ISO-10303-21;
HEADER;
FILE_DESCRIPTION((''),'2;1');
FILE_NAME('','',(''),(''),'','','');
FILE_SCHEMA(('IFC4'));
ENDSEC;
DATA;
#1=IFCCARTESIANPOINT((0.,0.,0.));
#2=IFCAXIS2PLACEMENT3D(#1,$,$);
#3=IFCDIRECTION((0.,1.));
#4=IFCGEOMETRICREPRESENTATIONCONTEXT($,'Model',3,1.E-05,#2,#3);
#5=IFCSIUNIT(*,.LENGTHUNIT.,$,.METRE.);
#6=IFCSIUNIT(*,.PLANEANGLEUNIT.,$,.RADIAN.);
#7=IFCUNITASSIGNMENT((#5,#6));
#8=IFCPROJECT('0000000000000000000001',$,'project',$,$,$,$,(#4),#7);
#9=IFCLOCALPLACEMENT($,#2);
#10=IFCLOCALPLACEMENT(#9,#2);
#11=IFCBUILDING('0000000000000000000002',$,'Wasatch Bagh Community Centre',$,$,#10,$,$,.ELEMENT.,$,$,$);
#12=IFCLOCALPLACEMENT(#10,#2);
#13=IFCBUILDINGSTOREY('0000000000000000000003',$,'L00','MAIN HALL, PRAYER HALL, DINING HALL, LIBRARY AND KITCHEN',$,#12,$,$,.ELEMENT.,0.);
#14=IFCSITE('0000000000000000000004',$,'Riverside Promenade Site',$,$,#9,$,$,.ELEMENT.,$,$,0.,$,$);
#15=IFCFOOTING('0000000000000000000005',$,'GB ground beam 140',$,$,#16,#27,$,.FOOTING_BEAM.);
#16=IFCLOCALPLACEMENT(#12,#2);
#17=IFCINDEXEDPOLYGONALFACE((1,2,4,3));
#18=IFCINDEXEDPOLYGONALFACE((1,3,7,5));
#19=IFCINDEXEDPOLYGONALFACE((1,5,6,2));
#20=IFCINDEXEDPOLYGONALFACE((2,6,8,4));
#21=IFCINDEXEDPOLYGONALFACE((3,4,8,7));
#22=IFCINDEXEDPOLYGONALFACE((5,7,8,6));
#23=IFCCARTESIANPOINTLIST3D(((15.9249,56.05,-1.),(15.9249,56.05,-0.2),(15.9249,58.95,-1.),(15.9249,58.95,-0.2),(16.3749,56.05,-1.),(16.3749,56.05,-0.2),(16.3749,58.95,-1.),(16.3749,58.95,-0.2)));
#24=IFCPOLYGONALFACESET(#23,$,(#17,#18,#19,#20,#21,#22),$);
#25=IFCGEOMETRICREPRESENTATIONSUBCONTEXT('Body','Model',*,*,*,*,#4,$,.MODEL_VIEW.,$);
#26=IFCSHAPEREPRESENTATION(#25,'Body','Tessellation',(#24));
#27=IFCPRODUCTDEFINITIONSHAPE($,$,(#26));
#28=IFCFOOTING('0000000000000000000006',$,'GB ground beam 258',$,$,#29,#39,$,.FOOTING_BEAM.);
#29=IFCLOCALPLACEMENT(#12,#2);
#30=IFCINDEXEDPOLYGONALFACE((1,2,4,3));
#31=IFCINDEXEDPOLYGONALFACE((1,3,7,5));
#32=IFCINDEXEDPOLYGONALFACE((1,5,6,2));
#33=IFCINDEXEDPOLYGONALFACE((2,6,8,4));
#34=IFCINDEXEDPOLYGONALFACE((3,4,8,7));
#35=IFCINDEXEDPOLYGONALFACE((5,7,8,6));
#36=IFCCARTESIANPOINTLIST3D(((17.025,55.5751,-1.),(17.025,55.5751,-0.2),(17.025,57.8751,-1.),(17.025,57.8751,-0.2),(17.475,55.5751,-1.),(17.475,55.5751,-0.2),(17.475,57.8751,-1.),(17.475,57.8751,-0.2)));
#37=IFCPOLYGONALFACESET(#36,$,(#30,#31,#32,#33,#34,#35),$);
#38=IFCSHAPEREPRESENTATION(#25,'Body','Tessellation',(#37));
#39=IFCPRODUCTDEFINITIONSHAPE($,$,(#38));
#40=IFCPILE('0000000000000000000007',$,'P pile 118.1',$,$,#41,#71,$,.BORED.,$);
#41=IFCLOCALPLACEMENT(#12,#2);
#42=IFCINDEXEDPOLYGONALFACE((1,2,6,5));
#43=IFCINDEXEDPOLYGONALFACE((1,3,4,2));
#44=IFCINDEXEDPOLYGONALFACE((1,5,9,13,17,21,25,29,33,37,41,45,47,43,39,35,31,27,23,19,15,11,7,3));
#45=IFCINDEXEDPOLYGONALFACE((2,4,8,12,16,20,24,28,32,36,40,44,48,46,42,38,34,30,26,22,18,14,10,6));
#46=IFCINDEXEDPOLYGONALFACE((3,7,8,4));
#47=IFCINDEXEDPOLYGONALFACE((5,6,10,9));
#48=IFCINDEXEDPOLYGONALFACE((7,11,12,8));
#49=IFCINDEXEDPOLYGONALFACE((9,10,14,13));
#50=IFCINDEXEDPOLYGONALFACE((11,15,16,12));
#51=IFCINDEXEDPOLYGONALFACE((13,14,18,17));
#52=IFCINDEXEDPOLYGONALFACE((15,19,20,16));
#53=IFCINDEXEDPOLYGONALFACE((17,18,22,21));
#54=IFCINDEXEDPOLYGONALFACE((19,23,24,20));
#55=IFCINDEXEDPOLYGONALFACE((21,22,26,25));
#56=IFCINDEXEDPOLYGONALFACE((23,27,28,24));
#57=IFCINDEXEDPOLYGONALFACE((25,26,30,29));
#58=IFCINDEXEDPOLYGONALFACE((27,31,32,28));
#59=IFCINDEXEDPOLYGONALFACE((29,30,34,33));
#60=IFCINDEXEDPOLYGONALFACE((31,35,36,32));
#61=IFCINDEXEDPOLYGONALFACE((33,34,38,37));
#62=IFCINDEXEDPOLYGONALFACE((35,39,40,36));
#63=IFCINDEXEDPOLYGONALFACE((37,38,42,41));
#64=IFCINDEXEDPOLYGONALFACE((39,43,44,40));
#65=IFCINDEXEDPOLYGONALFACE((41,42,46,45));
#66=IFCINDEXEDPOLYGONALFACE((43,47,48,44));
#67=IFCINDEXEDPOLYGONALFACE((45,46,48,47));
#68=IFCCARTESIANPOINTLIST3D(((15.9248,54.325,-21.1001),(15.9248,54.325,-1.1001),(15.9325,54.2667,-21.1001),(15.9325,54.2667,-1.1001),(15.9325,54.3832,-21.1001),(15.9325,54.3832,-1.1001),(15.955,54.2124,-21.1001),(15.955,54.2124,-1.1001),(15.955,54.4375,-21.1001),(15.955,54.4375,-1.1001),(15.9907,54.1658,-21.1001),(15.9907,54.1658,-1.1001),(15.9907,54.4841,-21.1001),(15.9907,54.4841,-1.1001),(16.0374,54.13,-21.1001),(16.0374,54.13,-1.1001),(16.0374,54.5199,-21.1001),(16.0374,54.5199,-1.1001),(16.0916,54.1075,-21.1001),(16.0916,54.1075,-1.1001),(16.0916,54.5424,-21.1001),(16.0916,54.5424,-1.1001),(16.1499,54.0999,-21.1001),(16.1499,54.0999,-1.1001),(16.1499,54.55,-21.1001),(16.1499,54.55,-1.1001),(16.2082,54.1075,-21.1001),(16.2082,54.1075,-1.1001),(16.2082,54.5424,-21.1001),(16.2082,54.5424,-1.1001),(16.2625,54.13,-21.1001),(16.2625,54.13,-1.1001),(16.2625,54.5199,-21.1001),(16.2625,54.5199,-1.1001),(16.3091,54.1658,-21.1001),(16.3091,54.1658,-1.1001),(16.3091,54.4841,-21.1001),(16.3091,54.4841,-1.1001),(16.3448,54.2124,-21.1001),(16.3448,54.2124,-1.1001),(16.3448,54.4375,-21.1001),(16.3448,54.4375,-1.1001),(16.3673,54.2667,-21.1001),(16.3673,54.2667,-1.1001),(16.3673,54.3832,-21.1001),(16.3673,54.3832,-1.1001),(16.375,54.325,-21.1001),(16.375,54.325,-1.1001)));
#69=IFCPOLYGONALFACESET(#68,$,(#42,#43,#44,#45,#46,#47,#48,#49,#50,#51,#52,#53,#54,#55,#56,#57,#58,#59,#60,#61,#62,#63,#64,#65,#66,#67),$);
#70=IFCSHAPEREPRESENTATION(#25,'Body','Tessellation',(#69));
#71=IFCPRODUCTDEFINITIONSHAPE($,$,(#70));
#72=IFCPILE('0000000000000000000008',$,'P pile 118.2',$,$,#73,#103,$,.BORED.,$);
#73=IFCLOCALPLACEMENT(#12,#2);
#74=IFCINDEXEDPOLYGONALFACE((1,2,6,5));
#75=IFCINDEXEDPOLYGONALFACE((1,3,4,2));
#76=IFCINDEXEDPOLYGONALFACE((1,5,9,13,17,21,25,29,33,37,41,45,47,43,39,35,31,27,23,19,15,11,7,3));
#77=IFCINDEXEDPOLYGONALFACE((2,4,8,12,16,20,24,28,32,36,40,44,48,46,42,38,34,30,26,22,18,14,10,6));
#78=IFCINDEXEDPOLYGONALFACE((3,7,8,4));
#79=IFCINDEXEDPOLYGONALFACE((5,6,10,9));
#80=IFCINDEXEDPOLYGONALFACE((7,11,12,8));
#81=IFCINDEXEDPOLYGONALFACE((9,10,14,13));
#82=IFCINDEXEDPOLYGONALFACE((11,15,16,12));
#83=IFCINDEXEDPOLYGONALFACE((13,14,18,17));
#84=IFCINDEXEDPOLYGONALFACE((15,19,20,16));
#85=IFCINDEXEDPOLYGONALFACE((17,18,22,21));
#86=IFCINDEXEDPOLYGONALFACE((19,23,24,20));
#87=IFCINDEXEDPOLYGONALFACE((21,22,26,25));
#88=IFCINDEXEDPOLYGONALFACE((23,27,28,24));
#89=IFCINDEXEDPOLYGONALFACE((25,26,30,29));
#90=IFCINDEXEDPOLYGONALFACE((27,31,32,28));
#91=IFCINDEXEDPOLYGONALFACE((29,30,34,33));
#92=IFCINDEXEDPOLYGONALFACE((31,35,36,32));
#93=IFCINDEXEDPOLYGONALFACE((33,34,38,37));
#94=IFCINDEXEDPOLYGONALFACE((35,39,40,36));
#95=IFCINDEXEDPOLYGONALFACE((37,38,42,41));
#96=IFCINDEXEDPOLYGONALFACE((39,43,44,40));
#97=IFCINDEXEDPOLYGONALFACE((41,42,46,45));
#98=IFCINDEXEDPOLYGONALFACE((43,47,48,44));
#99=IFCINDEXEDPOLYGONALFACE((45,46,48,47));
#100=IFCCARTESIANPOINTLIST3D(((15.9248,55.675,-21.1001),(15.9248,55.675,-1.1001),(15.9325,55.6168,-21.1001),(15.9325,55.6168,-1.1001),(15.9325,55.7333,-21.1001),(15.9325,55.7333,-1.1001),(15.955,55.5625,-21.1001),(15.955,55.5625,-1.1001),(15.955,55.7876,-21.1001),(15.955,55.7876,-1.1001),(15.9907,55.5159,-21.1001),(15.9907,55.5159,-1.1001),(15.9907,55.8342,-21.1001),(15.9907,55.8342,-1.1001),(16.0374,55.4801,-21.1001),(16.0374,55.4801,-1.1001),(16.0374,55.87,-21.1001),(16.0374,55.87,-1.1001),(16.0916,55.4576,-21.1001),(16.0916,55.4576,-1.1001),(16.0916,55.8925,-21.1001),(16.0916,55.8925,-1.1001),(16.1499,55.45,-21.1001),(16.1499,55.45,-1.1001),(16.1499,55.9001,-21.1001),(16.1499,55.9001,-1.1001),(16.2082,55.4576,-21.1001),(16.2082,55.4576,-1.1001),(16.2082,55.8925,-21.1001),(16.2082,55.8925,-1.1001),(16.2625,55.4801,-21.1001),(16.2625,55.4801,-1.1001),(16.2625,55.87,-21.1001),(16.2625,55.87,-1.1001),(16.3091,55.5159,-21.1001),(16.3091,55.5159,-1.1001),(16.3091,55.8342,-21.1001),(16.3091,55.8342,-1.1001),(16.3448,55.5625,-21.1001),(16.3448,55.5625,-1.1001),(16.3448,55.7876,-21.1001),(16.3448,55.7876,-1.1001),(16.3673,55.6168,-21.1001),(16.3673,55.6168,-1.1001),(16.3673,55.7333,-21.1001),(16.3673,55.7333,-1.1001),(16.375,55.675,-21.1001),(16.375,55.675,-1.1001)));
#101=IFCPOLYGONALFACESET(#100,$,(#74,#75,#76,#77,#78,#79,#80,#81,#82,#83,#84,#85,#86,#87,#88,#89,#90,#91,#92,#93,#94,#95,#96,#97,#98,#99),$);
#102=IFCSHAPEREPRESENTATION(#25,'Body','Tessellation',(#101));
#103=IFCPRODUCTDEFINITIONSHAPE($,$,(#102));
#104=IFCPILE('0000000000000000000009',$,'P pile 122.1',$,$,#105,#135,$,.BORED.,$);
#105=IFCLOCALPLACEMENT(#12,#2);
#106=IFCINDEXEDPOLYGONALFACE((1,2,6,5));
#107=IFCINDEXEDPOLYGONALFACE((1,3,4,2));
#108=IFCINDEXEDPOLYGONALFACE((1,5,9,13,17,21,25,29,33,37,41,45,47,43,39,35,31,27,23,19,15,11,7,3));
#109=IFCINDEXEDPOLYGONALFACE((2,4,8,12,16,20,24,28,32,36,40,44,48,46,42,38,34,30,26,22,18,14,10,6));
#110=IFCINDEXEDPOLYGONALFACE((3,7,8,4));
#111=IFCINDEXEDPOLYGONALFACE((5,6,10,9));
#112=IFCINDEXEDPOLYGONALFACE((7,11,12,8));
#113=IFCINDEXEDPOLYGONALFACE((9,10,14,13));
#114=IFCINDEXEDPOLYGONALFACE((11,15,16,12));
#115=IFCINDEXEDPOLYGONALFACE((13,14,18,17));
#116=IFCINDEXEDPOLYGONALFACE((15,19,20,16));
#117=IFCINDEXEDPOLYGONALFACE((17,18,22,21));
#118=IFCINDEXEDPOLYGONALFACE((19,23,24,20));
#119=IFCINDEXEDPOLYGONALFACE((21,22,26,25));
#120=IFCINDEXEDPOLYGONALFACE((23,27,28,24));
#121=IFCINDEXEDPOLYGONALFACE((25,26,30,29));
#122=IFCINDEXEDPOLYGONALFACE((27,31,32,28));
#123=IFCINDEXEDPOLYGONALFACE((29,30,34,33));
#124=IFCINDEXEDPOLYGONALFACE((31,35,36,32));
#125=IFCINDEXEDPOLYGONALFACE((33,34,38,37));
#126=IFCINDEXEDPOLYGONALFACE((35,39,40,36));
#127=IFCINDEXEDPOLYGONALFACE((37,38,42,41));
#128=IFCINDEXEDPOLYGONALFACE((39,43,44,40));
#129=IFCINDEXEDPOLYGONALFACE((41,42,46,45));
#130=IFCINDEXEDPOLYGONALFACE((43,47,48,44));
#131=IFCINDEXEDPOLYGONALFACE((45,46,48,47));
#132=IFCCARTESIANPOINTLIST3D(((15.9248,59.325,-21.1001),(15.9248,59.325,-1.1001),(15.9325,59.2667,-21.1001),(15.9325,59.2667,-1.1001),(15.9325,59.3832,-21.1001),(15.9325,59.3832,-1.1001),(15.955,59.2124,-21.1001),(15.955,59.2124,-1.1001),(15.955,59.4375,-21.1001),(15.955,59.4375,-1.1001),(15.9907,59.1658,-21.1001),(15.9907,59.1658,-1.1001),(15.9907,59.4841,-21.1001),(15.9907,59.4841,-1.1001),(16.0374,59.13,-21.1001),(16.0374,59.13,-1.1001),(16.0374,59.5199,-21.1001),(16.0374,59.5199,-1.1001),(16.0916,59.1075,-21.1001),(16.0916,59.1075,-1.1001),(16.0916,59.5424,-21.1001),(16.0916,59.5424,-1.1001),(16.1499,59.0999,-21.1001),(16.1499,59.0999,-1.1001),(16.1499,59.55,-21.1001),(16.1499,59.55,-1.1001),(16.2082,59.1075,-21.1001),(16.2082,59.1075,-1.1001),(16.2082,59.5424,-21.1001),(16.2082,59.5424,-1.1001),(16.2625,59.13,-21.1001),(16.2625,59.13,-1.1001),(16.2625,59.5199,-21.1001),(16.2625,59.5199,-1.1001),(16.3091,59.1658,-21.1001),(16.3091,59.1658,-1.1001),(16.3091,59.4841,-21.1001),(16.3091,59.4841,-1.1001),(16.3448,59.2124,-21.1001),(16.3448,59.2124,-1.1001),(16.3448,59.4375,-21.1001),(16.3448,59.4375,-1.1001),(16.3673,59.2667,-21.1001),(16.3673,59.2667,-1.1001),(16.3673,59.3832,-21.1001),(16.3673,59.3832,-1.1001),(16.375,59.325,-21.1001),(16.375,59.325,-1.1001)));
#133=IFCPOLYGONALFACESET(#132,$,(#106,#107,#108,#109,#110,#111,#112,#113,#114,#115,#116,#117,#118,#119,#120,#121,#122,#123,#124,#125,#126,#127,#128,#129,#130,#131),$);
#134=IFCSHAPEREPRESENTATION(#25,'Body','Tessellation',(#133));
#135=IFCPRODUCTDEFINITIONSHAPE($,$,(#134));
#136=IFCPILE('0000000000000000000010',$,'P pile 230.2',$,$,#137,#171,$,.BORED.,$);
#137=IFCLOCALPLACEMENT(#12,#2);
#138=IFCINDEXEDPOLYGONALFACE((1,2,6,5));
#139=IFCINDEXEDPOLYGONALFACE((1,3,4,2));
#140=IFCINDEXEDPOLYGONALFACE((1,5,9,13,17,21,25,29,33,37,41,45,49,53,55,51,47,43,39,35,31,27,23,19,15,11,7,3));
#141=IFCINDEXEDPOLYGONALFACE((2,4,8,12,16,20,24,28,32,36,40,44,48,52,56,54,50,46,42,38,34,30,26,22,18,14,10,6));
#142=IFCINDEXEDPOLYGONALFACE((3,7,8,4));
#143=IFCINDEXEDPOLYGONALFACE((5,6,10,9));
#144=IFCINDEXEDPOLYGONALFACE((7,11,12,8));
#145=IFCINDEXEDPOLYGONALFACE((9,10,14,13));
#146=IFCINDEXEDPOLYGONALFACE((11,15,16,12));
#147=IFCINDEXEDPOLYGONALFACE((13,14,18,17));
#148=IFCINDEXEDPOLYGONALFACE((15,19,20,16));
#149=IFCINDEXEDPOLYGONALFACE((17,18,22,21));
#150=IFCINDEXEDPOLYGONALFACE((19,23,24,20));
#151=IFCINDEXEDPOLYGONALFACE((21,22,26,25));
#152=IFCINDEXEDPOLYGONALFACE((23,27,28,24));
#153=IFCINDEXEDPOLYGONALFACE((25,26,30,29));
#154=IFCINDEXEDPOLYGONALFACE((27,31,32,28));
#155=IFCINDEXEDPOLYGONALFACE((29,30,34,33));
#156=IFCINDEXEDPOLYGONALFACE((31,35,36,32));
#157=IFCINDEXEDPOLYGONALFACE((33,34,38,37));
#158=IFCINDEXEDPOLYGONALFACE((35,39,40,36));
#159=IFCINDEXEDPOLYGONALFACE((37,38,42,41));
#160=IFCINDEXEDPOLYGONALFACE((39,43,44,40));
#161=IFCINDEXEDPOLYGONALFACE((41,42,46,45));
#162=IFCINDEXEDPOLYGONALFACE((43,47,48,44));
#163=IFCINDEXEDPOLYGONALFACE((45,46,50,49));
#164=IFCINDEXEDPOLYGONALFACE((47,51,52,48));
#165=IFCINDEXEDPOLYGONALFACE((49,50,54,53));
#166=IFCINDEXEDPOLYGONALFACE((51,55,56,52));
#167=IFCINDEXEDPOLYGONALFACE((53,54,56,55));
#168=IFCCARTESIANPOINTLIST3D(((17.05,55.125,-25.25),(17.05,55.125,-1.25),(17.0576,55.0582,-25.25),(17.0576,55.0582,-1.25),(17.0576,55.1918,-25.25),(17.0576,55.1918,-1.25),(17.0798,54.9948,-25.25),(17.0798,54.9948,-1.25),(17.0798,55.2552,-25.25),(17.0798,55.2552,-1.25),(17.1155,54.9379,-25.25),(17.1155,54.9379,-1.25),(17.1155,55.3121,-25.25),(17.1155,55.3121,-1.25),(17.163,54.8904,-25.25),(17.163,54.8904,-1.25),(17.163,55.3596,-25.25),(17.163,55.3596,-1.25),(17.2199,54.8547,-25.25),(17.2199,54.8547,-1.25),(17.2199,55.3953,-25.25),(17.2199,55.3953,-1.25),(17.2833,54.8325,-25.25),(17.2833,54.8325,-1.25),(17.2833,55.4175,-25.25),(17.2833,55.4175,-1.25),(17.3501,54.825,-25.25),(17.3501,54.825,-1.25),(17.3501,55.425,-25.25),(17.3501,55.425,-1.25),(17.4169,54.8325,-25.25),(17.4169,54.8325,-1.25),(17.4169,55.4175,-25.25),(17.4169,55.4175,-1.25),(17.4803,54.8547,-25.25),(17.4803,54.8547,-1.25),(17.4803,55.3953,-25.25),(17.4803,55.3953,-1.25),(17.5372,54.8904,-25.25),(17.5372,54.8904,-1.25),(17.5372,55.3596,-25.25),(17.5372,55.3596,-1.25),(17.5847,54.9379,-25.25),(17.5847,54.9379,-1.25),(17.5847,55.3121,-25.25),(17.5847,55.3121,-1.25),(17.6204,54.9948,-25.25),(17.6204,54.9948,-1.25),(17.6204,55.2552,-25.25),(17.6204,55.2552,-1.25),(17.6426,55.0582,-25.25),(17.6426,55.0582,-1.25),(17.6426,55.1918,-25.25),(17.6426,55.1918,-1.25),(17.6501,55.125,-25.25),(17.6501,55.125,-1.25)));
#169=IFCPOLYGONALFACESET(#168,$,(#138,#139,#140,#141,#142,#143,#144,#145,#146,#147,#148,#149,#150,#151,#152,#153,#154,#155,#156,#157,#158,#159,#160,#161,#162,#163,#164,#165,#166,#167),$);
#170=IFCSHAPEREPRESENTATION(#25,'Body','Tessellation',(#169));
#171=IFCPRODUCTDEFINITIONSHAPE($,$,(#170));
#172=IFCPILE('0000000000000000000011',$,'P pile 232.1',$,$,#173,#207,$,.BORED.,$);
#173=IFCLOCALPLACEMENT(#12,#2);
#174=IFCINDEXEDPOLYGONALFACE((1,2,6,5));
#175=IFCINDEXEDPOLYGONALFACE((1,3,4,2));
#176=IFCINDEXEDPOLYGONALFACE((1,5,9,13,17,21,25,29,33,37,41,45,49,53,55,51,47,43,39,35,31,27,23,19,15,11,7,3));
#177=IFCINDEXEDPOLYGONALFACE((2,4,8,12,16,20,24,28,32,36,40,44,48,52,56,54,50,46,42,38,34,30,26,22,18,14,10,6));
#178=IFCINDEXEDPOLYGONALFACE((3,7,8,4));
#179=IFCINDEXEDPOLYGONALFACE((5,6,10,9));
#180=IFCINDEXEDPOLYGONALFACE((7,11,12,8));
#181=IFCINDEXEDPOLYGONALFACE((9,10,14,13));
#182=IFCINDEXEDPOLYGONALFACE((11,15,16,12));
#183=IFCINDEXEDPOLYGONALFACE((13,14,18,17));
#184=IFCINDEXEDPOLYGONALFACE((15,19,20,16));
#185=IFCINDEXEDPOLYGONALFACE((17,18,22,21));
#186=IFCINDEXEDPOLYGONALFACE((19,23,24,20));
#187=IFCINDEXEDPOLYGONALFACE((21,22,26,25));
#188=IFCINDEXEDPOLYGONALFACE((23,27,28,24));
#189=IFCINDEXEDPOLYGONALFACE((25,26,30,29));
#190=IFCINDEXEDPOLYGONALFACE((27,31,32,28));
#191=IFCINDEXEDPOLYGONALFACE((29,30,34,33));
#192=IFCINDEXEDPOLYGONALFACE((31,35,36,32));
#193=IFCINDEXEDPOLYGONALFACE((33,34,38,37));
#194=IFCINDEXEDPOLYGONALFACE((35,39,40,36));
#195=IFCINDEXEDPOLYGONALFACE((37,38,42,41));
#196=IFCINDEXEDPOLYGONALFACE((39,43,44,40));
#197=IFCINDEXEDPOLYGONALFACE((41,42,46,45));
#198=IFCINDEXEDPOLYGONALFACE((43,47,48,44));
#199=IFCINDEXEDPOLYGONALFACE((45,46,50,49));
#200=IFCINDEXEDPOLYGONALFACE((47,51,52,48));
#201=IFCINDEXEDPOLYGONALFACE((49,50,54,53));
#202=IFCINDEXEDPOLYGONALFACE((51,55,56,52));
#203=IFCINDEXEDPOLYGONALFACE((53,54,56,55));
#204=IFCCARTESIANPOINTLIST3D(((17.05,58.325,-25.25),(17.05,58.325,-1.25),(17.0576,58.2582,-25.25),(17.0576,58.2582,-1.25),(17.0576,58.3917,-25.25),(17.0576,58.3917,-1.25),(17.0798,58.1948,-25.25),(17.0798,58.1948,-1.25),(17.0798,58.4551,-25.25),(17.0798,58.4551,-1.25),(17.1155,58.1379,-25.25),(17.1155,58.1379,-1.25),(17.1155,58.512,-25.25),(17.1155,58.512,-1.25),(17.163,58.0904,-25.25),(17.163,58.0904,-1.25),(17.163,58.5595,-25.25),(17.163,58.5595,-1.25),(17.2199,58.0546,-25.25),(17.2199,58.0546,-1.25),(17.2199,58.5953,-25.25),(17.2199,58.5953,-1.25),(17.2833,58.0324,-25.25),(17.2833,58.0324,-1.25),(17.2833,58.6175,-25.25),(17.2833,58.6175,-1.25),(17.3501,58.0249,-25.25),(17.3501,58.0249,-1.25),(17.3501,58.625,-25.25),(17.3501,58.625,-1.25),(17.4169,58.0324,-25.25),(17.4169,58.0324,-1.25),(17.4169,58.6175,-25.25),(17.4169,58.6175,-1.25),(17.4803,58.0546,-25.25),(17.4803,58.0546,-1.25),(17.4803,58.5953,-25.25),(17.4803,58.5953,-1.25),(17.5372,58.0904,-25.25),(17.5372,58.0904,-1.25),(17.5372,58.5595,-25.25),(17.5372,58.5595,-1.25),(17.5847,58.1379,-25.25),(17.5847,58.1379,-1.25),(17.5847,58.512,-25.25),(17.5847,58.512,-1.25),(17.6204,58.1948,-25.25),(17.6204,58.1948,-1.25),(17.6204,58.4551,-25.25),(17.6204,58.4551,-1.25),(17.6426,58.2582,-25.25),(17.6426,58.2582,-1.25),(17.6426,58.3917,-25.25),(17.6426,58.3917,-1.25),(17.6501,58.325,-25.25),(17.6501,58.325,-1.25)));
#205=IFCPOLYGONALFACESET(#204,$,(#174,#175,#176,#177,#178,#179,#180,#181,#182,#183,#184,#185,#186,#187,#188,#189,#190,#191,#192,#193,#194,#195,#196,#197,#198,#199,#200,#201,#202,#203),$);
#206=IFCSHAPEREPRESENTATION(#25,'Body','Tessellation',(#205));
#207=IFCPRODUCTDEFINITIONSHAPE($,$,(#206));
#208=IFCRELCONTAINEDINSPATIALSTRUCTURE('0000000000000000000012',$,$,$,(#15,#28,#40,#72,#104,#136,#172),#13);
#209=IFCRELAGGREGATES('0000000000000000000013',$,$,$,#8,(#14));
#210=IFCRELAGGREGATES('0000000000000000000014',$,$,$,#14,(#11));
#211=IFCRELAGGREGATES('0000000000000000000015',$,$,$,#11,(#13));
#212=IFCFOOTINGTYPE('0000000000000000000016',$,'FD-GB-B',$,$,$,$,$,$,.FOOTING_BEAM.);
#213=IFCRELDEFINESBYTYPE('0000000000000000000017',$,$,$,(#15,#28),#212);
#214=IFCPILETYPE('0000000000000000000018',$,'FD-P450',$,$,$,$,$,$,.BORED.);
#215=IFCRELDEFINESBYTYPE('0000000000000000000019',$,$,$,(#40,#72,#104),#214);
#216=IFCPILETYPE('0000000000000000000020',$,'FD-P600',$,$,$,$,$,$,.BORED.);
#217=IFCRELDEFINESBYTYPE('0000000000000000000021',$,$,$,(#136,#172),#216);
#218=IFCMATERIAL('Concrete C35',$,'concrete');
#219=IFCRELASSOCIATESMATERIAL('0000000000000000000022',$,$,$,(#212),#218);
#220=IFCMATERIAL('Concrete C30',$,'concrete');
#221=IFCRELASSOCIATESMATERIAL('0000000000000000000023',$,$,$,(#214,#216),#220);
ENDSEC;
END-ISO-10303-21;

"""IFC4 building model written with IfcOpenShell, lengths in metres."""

from ifc_helpers import new_model, si_unit, direction, frame, origin, origin_2d, place, context, subcontext, project, spatial, rectangle, circle, extrude, material, material_profile, profile_set, type_object, element, save


model = new_model("IFC4")

# Units and contexts
model_context = context("Model", 3, precision=1e-05, world=origin(), true_north=direction((0.0, 1.0)))
body_context = subcontext(model_context, "Body", "Model", "MODEL_VIEW")
ifc_project = project(units=[si_unit("LENGTHUNIT", "METRE"), si_unit("PLANEANGLEUNIT", "RADIAN")], contexts=[model_context])

# Site, building, storey
site_placement = place(None, origin())
site = spatial("IfcSite", under=ifc_project, at=site_placement, Name="Riverside Promenade Site", CompositionType="ELEMENT", RefElevation=0.0)
building_placement = place(site_placement, origin())
building = spatial("IfcBuilding", under=site, at=building_placement, Name="Wasatch Bagh Community Centre", CompositionType="ELEMENT")
storey_placement = place(building_placement, origin())
storey = spatial("IfcBuildingStorey", under=building, at=storey_placement, Name="L00", Description="MAIN HALL, PRAYER HALL, DINING HALL, LIBRARY AND KITCHEN", CompositionType="ELEMENT", Elevation=0.0)

# Footings
ifc_material_1 = material(Name="Concrete C35", Category="concrete")
footing_type_1 = type_object("IfcFootingType", Name="FD-GB-B", PredefinedType="FOOTING_BEAM", material=ifc_material_1)
footing_1_placement = place(storey_placement, frame((16.1499, 57.5, -1.0), z_axis=(0.0, 0.0, 1.0), x_axis=(0.0, 1.0, 0.0)))
element("IfcFooting", 1, at=footing_1_placement, inside=storey, type_object=footing_type_1, Name="GB ground beam 140", PredefinedType="FOOTING_BEAM", context=body_context, shape_type="SweptSolid", body=[
    extrude(rectangle(XDim=2.8999, YDim=0.45, at=origin_2d()), origin(), (0.0, 0.0, 1.0), 0.8),
])
footing_2_placement = place(storey_placement, frame((17.25, 56.7251, -1.0), z_axis=(0.0, 0.0, 1.0), x_axis=(0.0, 1.0, 0.0)))
element("IfcFooting", 2, at=footing_2_placement, inside=storey, type_object=footing_type_1, Name="GB ground beam 258", PredefinedType="FOOTING_BEAM", context=body_context, shape_type="SweptSolid", body=[
    extrude(rectangle(XDim=2.3, YDim=0.45, at=origin_2d()), origin(), (0.0, 0.0, 1.0), 0.8),
])

# Piles
ifc_material_2 = material(Name="Concrete C30", Category="concrete")
ifc_material_profile_1 = material_profile(ifc_material_2, circle(Radius=0.2251, at=origin_2d()), Name="RC D450")
ifc_profile_set_1 = profile_set([ifc_material_profile_1], Name="Concrete C30")
pile_type_1 = type_object("IfcPileType", Name="FD-P450", PredefinedType="BORED", material=ifc_profile_set_1)
for number, where, z_axis, x_axis, name in (
    (3, (16.1499, 54.325, -1.1001), (0.0, 0.0, -1.0), (1.0, 0.0, 0.0), "P pile 118.1"),
    (4, (16.1499, 55.675, -1.1001), (0.0, 0.0, -1.0), (1.0, 0.0, 0.0), "P pile 118.2"),
    (5, (16.1499, 59.325, -1.1001), (0.0, 0.0, -1.0), (1.0, 0.0, 0.0), "P pile 122.1"),
):
    element("IfcPile", number, at=place(storey_placement, frame(where, z_axis=z_axis, x_axis=x_axis)), inside=storey, type_object=pile_type_1, Name=name, PredefinedType="BORED", context=body_context, shape_type="SweptSolid", body=[
        extrude(circle(Radius=0.2251, at=origin_2d()), origin(), (0.0, 0.0, 1.0), 20.0),
    ])
ifc_material_profile_2 = material_profile(ifc_material_2, circle(Radius=0.3, at=origin_2d()), Name="RC D600")
ifc_profile_set_2 = profile_set([ifc_material_profile_2], Name="Concrete C30")
pile_type_2 = type_object("IfcPileType", Name="FD-P600", PredefinedType="BORED", material=ifc_profile_set_2)
for number, where, z_axis, x_axis, name in (
    (6, (17.3501, 55.125, -1.25), (0.0, 0.0, -1.0), (1.0, 0.0, 0.0), "P pile 230.2"),
    (7, (17.3501, 58.325, -1.25), (0.0, 0.0, -1.0), (1.0, 0.0, 0.0), "P pile 232.1"),
):
    element("IfcPile", number, at=place(storey_placement, frame(where, z_axis=z_axis, x_axis=x_axis)), inside=storey, type_object=pile_type_2, Name=name, PredefinedType="BORED", context=body_context, shape_type="SweptSolid", body=[
        extrude(circle(Radius=0.3, at=origin_2d()), origin(), (0.0, 0.0, 1.0), 24.0),
    ])

save(model, "model.ifc")
